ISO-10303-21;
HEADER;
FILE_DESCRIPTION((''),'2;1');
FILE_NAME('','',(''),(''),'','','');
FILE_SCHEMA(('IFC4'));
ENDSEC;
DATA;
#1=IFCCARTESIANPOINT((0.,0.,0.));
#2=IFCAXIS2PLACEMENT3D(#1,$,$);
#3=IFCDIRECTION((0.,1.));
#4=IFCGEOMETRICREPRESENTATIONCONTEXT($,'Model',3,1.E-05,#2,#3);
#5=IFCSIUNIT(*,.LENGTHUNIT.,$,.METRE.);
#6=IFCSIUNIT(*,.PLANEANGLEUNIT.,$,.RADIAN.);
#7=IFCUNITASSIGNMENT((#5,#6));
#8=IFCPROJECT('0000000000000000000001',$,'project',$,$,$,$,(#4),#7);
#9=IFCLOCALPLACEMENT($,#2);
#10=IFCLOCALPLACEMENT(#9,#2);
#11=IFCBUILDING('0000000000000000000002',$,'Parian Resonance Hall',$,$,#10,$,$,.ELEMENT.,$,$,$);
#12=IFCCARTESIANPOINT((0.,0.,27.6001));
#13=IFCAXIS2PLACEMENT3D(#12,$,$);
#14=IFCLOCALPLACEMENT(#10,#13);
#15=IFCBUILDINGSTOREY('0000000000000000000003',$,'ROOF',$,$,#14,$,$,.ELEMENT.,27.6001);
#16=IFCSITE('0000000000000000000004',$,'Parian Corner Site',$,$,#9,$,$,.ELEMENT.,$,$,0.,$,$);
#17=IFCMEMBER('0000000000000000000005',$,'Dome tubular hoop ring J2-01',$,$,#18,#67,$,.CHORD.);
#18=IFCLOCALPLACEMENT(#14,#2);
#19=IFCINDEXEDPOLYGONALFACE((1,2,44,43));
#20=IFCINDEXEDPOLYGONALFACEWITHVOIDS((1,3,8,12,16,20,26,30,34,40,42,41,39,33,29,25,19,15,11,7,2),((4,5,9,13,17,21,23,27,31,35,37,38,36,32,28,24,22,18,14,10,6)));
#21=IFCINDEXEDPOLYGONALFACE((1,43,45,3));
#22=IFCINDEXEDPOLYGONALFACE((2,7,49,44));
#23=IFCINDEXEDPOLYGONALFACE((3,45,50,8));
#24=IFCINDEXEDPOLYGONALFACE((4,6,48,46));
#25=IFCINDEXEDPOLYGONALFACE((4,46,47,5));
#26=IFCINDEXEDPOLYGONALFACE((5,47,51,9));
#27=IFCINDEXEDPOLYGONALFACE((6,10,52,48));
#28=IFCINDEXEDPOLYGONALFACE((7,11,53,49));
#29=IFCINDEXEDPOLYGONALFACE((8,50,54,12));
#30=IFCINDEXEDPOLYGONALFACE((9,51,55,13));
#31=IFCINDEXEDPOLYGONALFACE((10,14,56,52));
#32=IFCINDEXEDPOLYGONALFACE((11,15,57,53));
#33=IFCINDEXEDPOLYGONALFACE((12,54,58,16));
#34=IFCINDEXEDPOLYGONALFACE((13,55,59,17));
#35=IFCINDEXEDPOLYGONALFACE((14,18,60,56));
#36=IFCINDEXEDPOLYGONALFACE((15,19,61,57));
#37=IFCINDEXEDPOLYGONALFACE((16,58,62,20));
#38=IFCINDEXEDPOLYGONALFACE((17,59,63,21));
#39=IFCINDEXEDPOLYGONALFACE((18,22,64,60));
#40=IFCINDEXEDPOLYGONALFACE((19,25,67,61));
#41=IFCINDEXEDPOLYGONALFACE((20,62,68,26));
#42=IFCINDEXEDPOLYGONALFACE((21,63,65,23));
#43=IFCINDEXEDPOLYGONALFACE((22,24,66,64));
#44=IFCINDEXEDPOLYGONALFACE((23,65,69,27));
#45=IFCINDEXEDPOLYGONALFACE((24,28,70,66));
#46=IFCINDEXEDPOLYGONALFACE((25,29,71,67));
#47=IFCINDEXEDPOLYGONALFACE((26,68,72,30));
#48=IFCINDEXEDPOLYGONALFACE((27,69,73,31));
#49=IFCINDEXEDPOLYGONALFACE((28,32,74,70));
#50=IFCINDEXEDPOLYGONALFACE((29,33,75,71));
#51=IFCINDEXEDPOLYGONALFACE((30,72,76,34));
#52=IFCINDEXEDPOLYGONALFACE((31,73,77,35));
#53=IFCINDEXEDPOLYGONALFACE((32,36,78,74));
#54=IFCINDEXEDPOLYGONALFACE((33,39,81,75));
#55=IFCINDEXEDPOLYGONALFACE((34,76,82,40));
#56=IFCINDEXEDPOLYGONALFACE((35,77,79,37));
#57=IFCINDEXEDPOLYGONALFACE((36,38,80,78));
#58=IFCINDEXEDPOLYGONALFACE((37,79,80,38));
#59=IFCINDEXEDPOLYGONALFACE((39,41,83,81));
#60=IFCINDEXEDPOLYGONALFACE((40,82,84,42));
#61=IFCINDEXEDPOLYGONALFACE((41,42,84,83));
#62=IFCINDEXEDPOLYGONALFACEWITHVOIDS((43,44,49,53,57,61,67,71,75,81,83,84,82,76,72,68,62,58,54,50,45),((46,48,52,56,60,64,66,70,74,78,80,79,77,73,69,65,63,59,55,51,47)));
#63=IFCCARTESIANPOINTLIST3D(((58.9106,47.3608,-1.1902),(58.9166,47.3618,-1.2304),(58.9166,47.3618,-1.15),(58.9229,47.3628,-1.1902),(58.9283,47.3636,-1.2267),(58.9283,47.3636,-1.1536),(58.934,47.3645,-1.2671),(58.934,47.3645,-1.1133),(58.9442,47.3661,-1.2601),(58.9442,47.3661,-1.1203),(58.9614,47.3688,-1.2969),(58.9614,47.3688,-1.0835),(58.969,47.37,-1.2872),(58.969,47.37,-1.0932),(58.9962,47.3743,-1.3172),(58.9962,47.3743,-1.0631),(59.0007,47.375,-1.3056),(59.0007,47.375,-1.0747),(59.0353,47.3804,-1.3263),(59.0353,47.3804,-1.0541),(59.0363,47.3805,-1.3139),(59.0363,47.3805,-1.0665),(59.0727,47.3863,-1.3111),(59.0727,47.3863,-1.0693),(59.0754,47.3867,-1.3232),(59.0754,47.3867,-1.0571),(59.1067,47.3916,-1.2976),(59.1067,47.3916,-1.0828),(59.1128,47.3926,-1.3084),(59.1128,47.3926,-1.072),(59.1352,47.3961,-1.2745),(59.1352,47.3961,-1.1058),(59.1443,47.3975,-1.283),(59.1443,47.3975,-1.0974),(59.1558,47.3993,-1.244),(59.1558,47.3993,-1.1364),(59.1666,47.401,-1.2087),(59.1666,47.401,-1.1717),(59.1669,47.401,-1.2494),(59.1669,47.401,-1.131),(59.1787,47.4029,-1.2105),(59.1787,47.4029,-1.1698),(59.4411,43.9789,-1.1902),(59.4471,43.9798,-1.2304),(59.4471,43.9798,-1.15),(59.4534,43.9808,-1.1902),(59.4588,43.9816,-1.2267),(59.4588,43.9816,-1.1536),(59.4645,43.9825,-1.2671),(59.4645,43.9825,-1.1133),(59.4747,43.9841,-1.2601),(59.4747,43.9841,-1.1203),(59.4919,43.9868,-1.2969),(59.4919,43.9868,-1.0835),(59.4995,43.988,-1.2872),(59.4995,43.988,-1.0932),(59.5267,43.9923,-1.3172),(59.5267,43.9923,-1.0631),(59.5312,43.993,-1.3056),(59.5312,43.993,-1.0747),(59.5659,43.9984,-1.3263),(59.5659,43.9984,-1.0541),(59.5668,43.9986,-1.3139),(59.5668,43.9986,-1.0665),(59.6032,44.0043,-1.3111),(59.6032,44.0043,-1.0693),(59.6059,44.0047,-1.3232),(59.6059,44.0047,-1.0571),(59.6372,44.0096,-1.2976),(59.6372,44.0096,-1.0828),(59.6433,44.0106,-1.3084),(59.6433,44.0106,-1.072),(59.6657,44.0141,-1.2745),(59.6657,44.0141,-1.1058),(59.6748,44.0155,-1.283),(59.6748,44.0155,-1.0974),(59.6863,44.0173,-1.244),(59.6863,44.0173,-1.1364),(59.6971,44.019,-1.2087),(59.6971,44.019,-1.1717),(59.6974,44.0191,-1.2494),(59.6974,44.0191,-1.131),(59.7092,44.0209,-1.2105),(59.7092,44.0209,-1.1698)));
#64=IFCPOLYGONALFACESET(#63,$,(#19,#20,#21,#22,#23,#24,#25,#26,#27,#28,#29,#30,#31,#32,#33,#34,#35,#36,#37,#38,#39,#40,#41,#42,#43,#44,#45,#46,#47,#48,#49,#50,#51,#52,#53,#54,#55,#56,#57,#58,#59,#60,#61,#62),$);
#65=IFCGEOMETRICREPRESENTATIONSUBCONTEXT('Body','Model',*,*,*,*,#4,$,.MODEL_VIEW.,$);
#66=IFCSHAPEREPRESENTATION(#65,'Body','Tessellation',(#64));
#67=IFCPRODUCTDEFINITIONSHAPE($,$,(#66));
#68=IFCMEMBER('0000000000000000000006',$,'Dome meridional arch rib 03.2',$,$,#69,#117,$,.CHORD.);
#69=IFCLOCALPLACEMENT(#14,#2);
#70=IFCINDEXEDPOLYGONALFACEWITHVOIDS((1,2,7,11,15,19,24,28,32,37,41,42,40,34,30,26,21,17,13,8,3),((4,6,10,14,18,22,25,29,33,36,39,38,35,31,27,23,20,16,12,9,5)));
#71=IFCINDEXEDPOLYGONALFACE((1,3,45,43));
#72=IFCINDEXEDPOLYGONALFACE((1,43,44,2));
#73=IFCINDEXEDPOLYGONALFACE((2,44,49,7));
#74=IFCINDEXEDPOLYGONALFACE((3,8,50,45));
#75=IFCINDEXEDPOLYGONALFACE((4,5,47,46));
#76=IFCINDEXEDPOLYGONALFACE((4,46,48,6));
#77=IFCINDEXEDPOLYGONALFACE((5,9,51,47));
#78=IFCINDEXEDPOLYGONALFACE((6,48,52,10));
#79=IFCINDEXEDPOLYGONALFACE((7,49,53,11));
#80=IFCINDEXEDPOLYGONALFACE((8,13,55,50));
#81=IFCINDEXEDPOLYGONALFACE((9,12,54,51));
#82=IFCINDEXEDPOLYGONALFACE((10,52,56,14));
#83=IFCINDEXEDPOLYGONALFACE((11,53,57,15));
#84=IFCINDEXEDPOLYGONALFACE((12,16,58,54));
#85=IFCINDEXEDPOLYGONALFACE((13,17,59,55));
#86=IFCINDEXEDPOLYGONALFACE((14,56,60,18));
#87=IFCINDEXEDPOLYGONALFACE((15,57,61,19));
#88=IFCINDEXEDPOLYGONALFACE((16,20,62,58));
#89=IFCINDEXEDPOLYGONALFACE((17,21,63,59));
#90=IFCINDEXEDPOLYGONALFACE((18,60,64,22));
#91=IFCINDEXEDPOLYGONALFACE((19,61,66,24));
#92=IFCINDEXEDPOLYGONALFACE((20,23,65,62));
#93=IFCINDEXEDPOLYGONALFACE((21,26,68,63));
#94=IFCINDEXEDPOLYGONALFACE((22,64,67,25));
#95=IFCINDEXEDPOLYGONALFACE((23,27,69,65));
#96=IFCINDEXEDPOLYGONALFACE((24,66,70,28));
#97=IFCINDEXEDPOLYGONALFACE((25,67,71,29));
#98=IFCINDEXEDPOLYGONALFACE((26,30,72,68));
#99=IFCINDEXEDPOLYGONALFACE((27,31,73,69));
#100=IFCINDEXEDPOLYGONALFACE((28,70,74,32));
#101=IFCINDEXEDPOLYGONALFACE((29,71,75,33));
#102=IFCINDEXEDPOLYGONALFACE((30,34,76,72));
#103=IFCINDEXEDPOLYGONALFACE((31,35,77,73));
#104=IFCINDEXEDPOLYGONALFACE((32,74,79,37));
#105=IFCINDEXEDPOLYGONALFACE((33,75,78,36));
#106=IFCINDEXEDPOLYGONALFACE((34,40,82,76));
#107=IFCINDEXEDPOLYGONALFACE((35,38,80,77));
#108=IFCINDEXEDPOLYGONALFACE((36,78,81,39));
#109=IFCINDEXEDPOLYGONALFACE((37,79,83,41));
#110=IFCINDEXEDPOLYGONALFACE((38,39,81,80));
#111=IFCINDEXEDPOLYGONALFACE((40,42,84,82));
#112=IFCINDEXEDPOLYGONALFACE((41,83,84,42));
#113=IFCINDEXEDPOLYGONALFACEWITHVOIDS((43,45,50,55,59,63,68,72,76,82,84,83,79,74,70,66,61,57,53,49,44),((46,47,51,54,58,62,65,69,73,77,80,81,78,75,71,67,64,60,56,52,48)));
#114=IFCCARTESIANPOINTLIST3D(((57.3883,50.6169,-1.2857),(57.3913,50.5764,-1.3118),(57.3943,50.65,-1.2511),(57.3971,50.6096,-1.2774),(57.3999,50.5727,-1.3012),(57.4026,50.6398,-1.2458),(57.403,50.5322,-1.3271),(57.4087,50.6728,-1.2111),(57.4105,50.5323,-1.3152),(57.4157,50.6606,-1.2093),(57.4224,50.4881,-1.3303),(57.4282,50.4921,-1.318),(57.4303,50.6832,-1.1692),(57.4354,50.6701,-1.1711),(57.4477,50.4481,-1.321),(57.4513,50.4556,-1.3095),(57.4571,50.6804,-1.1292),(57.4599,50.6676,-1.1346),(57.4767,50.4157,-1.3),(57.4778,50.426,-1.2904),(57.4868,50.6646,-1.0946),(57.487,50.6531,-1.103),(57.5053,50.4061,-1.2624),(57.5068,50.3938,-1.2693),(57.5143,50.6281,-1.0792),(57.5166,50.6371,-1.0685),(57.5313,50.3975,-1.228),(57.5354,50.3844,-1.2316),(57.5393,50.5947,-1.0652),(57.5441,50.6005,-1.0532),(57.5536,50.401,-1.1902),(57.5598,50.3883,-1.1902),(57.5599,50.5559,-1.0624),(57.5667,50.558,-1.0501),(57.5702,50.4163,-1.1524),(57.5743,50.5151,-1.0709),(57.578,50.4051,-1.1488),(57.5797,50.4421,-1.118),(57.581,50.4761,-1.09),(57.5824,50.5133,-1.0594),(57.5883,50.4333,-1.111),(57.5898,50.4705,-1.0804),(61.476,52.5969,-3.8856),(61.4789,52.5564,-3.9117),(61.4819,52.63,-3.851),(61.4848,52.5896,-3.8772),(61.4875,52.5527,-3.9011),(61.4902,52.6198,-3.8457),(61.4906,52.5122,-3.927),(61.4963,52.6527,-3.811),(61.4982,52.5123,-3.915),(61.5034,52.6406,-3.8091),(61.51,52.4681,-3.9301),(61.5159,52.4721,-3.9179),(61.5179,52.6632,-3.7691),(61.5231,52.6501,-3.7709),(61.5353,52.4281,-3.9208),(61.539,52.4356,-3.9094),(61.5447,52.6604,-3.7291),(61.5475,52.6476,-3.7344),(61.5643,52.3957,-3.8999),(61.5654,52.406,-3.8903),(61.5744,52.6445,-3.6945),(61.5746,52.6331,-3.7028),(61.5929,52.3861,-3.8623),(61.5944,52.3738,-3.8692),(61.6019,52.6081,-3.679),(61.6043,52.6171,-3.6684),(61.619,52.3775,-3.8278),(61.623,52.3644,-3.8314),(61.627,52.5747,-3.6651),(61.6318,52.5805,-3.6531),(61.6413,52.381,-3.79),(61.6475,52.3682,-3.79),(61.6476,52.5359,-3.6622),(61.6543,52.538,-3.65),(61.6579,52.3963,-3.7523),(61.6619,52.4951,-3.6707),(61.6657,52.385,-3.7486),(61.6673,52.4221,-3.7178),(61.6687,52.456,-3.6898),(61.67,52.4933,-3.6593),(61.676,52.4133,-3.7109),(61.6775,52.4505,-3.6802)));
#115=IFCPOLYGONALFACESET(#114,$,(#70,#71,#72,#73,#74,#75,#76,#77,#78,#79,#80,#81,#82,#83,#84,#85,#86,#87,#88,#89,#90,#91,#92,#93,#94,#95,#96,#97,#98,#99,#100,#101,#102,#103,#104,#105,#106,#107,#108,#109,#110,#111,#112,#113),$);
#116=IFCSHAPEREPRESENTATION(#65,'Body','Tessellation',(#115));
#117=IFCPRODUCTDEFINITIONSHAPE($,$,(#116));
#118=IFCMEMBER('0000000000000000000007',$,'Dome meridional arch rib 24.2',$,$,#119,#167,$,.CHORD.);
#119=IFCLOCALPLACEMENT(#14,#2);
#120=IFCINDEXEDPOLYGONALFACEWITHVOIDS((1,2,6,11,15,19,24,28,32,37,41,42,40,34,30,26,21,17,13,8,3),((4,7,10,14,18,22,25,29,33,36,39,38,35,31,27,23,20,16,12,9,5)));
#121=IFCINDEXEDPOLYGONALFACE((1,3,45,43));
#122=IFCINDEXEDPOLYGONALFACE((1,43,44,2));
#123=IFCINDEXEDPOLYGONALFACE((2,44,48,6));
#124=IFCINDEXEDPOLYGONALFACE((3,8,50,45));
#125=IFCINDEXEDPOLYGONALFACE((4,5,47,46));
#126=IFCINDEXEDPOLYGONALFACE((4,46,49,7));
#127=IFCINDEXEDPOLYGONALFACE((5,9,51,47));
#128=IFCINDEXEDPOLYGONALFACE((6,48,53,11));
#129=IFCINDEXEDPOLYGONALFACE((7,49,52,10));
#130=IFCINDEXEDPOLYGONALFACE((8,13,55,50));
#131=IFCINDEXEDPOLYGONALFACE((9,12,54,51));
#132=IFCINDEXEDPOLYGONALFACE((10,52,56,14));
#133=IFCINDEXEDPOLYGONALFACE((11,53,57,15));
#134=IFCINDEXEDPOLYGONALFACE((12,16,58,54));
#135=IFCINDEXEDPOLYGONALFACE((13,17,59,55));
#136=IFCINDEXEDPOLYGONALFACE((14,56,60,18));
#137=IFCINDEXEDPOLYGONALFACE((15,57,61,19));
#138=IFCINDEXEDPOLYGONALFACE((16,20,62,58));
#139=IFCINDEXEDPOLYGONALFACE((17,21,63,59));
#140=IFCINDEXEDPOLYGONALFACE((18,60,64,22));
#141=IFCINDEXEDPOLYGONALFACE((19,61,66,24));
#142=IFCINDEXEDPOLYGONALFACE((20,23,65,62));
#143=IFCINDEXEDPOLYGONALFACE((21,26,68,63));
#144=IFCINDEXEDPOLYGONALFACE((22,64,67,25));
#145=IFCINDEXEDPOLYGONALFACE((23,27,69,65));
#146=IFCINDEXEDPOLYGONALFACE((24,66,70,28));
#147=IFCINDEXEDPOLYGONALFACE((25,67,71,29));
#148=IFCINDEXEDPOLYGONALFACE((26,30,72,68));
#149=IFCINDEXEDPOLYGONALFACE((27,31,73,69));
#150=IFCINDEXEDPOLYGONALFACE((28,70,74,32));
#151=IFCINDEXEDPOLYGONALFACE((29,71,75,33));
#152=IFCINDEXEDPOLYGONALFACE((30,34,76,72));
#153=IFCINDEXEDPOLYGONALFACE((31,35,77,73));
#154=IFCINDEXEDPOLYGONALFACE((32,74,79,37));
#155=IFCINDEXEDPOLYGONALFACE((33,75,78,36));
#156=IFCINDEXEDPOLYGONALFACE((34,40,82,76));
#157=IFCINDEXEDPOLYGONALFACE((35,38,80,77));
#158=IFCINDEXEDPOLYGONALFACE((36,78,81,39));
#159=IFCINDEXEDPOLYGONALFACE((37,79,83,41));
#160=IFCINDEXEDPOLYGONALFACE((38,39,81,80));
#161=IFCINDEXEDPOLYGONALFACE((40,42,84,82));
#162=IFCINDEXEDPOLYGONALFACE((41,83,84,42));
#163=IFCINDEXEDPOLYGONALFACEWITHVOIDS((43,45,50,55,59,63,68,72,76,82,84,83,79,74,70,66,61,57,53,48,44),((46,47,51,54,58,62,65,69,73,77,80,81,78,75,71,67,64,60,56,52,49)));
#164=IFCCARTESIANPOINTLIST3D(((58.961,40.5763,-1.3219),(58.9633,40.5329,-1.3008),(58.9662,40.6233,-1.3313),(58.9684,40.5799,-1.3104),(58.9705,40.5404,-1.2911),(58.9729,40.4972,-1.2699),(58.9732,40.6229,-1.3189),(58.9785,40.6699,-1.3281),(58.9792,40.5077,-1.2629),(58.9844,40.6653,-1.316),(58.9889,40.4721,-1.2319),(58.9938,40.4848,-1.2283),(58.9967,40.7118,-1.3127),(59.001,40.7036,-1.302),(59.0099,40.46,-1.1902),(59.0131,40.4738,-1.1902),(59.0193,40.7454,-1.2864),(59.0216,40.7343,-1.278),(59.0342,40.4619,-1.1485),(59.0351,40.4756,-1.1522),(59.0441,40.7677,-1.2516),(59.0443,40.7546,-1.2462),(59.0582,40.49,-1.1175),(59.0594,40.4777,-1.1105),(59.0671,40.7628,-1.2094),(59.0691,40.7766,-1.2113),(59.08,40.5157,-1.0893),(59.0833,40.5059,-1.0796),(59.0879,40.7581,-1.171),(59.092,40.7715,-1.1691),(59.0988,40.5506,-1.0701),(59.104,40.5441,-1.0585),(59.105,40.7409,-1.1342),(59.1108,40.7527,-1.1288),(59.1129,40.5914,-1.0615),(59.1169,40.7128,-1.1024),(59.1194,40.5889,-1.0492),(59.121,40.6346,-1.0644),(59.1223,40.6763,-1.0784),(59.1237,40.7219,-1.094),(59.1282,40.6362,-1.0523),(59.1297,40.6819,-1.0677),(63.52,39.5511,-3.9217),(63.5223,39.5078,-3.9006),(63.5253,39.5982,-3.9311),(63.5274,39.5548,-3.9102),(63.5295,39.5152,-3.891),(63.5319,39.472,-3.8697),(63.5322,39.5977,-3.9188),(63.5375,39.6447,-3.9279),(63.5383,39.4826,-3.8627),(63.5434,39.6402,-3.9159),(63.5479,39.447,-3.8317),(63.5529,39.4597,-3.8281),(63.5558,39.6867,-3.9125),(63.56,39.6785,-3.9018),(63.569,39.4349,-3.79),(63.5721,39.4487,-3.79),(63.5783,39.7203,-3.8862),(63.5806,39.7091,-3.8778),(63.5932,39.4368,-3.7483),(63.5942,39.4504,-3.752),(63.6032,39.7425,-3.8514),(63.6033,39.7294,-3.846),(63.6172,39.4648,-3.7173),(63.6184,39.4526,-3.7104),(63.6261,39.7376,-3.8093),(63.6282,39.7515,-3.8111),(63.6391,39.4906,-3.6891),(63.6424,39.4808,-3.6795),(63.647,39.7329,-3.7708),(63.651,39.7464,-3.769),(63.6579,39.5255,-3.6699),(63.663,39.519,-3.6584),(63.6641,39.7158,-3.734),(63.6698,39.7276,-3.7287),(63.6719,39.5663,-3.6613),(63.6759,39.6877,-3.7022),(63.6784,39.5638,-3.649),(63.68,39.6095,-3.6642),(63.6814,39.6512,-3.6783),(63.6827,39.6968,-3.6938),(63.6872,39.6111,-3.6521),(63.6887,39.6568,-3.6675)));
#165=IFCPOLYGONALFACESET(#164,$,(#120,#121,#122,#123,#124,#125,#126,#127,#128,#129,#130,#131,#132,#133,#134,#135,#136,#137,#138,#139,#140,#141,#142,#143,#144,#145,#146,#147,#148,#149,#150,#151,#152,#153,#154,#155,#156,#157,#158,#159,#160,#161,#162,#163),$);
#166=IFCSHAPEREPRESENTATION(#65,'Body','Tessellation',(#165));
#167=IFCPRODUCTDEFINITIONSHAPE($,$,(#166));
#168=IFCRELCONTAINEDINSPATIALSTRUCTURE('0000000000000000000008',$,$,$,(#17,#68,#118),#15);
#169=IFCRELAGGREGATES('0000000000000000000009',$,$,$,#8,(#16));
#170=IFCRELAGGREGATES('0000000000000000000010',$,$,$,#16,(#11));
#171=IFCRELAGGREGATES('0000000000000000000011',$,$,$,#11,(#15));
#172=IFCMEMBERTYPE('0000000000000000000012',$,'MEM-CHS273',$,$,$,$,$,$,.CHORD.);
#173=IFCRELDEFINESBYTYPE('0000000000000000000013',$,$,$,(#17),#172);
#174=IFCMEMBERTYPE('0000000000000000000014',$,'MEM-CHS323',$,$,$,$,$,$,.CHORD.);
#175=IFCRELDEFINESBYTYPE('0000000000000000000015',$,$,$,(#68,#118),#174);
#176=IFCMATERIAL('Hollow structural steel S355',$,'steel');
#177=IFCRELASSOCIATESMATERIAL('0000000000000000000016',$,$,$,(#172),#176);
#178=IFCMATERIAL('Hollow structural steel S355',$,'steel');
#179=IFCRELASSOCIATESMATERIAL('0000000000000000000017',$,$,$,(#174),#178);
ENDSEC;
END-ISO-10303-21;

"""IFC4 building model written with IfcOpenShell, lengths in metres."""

from ifc_helpers import new_model, si_unit, direction, frame, origin, origin_2d, place, context, subcontext, project, spatial, hollow_circle, extrude, material, material_profile, profile_set, type_object, element, save


model = new_model("IFC4")

# Units and contexts
model_context = context("Model", 3, precision=1e-05, world=origin(), true_north=direction((0.0, 1.0)))
body_context = subcontext(model_context, "Body", "Model", "MODEL_VIEW")
ifc_project = project(units=[si_unit("LENGTHUNIT", "METRE"), si_unit("PLANEANGLEUNIT", "RADIAN")], contexts=[model_context])

# Site, building, storey
site_placement = place(None, origin())
site = spatial("IfcSite", under=ifc_project, at=site_placement, Name="Parian Corner Site", CompositionType="ELEMENT", RefElevation=0.0)
building_placement = place(site_placement, origin())
building = spatial("IfcBuilding", under=site, at=building_placement, Name="Parian Resonance Hall", CompositionType="ELEMENT")
storey_placement = place(building_placement, frame((0.0, 0.0, 27.6001)))
storey = spatial("IfcBuildingStorey", under=building, at=storey_placement, Name="ROOF", CompositionType="ELEMENT", Elevation=27.6001)

# Members
ifc_material_1 = material(Name="Hollow structural steel S355", Category="steel")
ifc_material_profile_1 = material_profile(ifc_material_1, hollow_circle(Radius=0.1365, WallThickness=0.0125, at=origin_2d()), Name="CHS273x12.5")
ifc_profile_set_1 = profile_set([ifc_material_profile_1], Name="Hollow structural steel S355")
member_type_1 = type_object("IfcMemberType", Name="MEM-CHS273", PredefinedType="CHORD", material=ifc_profile_set_1)
member_1_placement = place(storey_placement, frame((59.5759, 44.0, -1.1902), z_axis=(-0.154966, 0.98792, 0.0), x_axis=(-0.98792, -0.154966, 0.0)))
element("IfcMember", 1, at=member_1_placement, inside=storey, type_object=member_type_1, Name="Dome tubular hoop ring J2-01", PredefinedType="CHORD", context=body_context, shape_type="SweptSolid", body=[
    extrude(hollow_circle(Radius=0.1365, WallThickness=0.0125, at=origin_2d()), origin(), (0.0, 0.0, 1.0), 3.4233),
])
ifc_material_2 = material(Name="Hollow structural steel S355", Category="steel")
ifc_material_profile_2 = material_profile(ifc_material_2, hollow_circle(Radius=0.1619, WallThickness=0.0142, at=origin_2d()), Name="CHS323.9x14.2")
ifc_profile_set_2 = profile_set([ifc_material_profile_2], Name="Hollow structural steel S355")
member_type_2 = type_object("IfcMemberType", Name="MEM-CHS323", PredefinedType="CHORD", material=ifc_profile_set_2)
member_2_placement = place(storey_placement, frame((61.5769, 52.5139, -3.79), z_axis=(-0.78107, -0.378336, 0.496782), x_axis=(0.435933, -0.899979, 0.0)))
element("IfcMember", 2, at=member_2_placement, inside=storey, type_object=member_type_2, Name="Dome meridional arch rib 03.2", PredefinedType="CHORD", context=body_context, shape_type="SweptSolid", body=[
    extrude(hollow_circle(Radius=0.1619, WallThickness=0.0142, at=origin_2d()), origin(), (0.0, 0.0, 1.0), 5.2334),
])
member_3_placement = place(storey_placement, frame((63.6045, 39.5928, -3.79), z_axis=(-0.852569, 0.191707, 0.486184), x_axis=(-0.21938, -0.975639, 0.0)))
element("IfcMember", 3, at=member_3_placement, inside=storey, type_object=member_type_2, Name="Dome meridional arch rib 24.2", PredefinedType="CHORD", context=body_context, shape_type="SweptSolid", body=[
    extrude(hollow_circle(Radius=0.1619, WallThickness=0.0142, at=origin_2d()), origin(), (0.0, 0.0, 1.0), 5.3474),
])

save(model, "model.ifc")
